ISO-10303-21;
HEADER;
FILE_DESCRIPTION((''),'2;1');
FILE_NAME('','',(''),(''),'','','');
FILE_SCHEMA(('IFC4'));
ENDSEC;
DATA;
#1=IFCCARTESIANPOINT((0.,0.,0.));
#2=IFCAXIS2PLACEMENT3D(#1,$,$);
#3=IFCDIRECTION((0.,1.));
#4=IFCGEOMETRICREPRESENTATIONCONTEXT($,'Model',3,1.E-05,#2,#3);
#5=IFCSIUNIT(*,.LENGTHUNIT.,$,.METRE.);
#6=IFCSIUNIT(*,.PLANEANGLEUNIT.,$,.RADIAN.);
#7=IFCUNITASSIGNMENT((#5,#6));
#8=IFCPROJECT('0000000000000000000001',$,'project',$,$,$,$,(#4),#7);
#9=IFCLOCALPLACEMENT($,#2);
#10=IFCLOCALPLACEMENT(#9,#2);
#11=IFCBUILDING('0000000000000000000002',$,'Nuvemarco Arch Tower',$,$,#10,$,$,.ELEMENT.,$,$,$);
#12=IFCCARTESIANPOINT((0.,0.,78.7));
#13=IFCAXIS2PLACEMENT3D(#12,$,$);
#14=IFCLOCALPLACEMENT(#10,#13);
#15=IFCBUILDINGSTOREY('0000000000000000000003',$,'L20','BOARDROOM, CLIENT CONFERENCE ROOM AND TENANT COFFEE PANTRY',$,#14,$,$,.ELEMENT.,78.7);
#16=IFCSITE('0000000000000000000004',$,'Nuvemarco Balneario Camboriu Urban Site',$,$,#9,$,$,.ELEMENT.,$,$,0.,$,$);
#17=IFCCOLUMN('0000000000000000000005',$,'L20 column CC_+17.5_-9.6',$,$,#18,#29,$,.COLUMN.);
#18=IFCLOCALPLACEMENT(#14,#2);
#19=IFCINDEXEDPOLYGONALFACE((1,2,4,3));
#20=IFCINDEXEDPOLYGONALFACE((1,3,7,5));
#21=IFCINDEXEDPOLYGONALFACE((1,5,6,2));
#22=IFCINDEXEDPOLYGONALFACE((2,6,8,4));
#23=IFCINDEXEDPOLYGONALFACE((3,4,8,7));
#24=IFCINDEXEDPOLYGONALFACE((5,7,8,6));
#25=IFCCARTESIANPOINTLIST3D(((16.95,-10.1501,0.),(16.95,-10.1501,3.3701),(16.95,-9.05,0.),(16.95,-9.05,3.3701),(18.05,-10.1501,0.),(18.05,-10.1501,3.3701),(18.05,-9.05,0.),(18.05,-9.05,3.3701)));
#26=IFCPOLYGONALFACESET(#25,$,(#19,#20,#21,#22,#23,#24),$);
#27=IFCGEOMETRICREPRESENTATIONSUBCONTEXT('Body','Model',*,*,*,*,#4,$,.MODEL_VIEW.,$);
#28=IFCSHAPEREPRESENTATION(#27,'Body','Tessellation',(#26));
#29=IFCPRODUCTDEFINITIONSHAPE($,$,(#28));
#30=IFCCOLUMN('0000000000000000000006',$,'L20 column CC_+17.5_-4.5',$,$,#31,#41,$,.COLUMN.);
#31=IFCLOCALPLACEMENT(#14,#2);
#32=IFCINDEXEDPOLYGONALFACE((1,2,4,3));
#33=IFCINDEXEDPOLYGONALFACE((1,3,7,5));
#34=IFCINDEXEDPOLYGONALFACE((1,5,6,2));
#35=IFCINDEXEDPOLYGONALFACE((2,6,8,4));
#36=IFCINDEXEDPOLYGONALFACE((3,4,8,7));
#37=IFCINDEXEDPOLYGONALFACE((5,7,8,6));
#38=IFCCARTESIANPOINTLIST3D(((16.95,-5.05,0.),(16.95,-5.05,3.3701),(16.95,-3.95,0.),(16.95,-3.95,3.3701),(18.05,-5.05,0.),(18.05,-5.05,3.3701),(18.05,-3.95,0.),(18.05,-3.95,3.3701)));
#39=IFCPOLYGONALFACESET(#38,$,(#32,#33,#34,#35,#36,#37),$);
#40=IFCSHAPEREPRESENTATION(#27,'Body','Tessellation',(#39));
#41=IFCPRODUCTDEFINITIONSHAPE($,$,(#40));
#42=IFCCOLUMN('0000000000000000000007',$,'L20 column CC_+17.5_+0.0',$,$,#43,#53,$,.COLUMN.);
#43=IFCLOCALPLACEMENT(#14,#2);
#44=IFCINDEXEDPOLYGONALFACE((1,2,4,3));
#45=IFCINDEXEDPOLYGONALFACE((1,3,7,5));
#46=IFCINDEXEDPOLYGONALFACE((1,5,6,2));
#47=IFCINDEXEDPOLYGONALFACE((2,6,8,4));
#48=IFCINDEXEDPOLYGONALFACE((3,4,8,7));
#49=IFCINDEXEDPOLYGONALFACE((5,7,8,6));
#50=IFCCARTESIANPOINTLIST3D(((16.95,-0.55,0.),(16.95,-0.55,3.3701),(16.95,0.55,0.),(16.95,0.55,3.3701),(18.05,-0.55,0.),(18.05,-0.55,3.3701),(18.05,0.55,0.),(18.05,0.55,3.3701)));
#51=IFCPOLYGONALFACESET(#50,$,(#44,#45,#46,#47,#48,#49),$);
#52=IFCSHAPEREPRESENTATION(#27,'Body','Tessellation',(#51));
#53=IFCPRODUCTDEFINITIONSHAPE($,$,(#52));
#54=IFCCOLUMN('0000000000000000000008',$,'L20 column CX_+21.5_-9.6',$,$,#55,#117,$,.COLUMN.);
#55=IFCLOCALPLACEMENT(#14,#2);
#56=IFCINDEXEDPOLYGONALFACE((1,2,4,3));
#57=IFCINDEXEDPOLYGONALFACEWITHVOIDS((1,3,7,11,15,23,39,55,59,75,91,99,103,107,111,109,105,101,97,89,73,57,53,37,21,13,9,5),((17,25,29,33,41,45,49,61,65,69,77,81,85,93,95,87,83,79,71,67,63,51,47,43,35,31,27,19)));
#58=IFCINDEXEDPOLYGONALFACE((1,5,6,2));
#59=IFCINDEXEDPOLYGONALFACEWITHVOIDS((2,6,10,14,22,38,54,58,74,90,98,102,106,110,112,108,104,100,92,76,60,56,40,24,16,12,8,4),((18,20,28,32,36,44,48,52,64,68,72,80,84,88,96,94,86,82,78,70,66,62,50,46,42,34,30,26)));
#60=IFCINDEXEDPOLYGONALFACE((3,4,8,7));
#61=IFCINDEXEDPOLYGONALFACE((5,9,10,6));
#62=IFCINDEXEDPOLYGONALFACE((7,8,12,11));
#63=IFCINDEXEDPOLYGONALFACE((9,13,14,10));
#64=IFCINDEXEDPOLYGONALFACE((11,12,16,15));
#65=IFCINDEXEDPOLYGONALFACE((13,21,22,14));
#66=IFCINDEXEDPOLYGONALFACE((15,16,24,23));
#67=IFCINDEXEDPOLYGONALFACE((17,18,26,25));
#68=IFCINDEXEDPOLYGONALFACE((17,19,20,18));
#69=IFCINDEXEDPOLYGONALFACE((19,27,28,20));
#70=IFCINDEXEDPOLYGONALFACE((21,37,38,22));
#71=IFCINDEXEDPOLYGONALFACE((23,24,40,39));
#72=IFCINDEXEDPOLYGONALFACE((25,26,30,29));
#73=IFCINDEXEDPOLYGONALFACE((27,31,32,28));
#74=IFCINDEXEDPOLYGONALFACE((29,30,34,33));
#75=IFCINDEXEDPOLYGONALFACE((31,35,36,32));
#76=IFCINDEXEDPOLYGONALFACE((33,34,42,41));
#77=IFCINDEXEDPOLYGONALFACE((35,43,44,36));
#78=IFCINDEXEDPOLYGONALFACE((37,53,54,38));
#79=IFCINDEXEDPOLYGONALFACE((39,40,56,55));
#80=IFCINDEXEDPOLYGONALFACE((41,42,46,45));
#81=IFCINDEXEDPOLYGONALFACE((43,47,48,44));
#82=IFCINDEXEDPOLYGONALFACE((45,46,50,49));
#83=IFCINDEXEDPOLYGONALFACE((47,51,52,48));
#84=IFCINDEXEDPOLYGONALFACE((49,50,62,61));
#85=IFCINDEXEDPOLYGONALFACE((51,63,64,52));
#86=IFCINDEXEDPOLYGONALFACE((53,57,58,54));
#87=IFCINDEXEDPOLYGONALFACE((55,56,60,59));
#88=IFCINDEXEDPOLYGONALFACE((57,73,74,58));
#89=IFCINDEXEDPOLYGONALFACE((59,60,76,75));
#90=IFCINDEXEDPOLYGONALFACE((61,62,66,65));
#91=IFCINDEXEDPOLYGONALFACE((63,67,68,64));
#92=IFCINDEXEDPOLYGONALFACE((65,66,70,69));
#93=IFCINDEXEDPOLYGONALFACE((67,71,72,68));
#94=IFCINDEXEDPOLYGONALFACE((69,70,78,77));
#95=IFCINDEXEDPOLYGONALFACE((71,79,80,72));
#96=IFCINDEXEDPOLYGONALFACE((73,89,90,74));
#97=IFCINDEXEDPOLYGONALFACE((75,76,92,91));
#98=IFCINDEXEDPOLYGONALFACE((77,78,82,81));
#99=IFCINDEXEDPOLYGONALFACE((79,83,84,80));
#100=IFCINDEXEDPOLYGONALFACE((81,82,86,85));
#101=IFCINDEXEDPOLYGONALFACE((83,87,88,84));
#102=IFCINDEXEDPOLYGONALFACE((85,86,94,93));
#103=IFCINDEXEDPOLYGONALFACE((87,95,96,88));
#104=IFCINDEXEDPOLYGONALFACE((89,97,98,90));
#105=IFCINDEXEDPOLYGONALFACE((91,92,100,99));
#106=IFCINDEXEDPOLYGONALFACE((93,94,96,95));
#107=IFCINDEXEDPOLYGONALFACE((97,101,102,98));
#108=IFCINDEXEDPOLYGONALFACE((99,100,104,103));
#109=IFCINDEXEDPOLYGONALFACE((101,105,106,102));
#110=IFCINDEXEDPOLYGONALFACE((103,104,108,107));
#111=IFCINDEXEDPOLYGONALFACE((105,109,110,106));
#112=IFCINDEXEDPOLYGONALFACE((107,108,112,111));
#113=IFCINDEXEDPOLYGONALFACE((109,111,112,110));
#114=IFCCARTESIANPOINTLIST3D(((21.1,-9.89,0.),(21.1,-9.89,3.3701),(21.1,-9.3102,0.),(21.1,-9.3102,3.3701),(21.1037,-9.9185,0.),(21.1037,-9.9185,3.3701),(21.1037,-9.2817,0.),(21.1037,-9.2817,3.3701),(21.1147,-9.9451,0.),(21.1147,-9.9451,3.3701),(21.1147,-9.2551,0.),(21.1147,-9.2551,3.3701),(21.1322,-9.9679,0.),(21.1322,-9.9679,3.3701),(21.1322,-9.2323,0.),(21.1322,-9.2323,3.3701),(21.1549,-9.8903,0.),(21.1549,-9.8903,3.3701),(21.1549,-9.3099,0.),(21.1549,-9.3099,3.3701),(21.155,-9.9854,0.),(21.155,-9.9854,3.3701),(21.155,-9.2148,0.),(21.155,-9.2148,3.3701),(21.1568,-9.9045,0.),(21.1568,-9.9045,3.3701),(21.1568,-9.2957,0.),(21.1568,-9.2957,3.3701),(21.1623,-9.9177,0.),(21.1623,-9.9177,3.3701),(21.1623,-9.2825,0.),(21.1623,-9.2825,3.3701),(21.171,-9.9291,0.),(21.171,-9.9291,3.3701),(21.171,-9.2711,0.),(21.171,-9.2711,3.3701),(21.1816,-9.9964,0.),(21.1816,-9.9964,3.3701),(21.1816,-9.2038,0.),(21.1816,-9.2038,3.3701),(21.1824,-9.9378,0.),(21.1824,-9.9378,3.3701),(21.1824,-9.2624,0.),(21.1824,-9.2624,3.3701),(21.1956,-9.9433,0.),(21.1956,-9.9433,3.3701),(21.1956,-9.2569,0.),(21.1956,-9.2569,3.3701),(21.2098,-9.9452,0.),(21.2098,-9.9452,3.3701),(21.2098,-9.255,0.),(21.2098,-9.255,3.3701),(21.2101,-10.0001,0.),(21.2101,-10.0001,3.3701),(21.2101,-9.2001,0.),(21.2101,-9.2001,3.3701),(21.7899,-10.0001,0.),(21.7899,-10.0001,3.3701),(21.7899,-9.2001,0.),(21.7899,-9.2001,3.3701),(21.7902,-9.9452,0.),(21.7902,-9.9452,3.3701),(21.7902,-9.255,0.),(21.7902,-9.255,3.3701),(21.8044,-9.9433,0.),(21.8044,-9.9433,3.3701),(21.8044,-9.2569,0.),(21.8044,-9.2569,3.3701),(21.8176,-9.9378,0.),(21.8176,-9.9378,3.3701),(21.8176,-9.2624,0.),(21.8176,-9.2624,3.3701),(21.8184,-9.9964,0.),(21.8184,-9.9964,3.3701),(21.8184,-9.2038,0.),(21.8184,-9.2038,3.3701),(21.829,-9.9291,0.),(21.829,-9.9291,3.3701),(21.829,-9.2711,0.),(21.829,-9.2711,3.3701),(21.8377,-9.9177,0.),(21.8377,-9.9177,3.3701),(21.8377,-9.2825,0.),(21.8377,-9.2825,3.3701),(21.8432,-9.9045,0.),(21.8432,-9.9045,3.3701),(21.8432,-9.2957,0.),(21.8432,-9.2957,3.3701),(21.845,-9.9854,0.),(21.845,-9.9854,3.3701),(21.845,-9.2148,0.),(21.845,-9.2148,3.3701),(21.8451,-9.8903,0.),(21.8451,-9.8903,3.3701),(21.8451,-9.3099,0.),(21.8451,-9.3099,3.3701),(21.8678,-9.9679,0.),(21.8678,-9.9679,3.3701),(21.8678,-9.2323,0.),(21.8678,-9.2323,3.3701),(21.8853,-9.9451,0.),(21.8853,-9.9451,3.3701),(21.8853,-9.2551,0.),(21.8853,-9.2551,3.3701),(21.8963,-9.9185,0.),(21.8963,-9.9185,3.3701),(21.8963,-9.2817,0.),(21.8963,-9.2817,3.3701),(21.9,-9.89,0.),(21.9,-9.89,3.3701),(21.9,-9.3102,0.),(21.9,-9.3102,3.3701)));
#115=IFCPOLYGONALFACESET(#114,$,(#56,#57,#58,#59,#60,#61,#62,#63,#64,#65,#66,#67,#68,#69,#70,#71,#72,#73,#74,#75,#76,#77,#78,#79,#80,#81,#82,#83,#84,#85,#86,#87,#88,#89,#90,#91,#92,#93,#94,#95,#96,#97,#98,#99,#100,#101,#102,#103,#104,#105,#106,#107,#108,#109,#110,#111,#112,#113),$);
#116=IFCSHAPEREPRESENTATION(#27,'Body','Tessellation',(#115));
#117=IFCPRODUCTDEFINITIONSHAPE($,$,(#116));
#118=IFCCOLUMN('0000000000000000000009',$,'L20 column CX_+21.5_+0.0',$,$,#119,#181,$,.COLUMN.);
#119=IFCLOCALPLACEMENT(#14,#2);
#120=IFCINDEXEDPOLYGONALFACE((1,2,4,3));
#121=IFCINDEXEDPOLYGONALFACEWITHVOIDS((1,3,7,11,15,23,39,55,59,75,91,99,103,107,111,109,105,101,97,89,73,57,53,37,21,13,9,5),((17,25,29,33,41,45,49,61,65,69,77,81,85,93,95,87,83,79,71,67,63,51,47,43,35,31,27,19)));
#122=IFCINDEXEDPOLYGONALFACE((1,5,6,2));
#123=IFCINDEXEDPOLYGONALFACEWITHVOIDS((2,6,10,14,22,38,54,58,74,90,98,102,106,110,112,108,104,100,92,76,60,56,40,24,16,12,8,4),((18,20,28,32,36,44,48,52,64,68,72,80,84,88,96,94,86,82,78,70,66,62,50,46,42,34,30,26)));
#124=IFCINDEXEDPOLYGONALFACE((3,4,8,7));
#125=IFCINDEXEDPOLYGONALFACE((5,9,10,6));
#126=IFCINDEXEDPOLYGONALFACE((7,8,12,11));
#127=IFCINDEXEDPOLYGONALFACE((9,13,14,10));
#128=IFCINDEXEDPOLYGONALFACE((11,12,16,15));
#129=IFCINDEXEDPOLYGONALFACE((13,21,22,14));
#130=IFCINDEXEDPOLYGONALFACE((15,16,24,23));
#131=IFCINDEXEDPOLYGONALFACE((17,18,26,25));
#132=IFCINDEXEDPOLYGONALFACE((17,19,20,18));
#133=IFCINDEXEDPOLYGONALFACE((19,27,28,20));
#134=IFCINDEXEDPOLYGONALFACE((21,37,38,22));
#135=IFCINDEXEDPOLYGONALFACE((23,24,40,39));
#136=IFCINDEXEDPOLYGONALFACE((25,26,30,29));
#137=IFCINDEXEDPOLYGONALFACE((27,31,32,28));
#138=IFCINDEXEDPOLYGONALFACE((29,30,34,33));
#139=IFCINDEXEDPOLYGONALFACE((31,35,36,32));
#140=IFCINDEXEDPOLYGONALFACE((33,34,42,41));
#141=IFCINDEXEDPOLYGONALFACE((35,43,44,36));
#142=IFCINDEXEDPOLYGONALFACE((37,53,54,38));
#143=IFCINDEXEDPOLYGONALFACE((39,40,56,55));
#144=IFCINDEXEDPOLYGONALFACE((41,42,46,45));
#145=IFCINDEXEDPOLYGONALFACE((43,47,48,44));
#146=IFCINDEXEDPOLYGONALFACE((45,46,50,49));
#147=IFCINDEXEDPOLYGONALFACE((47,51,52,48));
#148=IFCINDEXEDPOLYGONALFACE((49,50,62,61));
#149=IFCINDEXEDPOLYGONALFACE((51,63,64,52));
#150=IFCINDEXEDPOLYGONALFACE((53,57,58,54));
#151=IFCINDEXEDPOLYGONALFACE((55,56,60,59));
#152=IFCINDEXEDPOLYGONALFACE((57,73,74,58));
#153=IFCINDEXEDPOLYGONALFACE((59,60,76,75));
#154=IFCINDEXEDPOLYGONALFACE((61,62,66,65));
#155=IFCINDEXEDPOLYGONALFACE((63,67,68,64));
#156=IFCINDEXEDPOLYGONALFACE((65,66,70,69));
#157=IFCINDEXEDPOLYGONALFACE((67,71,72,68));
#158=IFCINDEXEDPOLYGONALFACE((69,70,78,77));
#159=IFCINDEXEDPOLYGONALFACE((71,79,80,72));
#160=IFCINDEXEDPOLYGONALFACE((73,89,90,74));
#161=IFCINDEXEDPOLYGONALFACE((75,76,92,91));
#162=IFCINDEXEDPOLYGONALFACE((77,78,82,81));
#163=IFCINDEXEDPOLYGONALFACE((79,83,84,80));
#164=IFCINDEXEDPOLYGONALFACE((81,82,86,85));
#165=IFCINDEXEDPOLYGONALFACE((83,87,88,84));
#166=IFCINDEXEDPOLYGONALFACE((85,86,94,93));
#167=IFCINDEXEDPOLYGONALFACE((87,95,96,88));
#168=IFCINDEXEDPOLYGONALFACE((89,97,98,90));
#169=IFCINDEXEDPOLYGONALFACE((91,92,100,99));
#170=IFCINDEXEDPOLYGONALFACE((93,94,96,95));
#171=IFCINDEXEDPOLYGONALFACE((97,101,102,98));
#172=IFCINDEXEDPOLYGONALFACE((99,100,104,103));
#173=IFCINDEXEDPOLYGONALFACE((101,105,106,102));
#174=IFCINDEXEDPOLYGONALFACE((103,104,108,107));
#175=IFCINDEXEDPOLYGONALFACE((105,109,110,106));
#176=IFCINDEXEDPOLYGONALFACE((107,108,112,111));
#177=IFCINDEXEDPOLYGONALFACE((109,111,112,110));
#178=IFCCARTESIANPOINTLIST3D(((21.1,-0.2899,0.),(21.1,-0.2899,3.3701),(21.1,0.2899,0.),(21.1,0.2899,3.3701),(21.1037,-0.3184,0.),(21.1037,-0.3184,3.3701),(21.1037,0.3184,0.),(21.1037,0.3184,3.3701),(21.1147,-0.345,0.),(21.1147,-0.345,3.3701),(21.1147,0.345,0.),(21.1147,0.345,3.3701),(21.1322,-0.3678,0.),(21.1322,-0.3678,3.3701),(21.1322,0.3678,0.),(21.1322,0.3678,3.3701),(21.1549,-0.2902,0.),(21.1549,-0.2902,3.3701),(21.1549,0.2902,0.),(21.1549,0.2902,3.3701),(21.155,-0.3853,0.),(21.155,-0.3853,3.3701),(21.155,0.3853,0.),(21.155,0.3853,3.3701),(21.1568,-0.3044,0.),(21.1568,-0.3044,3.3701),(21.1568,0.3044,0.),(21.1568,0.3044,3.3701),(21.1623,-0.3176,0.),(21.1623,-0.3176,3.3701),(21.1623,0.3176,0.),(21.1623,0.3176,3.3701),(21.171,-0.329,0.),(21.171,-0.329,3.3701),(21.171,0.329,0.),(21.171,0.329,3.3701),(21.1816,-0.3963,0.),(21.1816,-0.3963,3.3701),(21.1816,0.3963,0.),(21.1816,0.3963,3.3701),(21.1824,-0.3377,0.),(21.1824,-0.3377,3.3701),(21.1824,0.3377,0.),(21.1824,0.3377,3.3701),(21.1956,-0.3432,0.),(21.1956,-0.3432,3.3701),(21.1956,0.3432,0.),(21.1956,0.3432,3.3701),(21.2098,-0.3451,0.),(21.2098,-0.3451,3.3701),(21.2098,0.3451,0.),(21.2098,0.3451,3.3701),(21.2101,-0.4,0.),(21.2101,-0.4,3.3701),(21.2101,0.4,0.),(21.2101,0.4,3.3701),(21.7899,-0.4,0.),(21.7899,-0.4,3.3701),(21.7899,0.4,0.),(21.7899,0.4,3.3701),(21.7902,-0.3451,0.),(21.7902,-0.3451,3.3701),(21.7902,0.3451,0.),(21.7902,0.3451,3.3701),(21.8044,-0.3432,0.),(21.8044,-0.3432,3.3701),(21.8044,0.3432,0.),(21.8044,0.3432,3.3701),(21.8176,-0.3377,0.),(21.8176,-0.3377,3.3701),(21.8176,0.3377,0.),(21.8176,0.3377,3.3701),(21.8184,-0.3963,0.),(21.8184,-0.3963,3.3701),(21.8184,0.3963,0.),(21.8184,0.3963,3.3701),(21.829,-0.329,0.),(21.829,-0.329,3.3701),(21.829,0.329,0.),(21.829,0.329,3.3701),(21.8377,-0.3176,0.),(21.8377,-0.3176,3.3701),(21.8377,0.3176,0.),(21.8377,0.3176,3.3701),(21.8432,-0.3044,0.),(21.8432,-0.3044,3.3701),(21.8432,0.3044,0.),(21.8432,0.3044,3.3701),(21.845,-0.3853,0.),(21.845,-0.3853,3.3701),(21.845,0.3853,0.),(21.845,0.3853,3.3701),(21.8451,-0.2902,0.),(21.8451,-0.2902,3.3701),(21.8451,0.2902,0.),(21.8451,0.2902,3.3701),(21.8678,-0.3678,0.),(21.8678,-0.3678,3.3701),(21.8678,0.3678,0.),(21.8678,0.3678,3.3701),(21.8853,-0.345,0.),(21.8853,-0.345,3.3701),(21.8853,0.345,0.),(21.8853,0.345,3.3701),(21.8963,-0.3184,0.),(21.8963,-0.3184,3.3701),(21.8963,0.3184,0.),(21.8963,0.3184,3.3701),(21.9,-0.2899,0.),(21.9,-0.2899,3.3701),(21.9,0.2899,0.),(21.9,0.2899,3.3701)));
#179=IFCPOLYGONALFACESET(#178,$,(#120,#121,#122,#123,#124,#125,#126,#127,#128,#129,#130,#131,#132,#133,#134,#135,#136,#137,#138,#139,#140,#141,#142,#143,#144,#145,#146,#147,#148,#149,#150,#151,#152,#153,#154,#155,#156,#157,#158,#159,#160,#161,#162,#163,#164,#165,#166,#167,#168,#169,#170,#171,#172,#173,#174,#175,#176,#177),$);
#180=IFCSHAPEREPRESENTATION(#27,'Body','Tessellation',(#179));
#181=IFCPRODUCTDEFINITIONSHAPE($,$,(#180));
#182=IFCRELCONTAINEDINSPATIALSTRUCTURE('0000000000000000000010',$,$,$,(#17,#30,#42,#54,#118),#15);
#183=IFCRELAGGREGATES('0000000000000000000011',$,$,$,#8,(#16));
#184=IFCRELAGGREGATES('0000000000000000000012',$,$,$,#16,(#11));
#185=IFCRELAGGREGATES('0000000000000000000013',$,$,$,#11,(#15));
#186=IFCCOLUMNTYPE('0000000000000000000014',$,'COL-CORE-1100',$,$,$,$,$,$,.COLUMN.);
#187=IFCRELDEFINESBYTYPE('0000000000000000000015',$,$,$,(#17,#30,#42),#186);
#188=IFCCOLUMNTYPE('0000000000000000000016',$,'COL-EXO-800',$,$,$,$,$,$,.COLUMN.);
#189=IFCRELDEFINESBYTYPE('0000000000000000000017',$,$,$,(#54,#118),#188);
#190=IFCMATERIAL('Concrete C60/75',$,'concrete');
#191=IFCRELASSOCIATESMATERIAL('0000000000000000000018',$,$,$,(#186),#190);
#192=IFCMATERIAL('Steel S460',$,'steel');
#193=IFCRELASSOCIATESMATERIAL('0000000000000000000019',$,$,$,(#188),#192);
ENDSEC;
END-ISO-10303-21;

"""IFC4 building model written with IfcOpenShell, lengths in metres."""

from ifc_helpers import new_model, si_unit, direction, frame, origin, origin_2d, place, context, subcontext, project, spatial, rectangle, hollow_rectangle, extrude, material, material_profile, profile_set, type_object, element, save


model = new_model("IFC4")

# Units and contexts
model_context = context("Model", 3, precision=1e-05, world=origin(), true_north=direction((0.0, 1.0)))
body_context = subcontext(model_context, "Body", "Model", "MODEL_VIEW")
ifc_project = project(units=[si_unit("LENGTHUNIT", "METRE"), si_unit("PLANEANGLEUNIT", "RADIAN")], contexts=[model_context])

# Site, building, storey
site_placement = place(None, origin())
site = spatial("IfcSite", under=ifc_project, at=site_placement, Name="Nuvemarco Balneario Camboriu Urban Site", CompositionType="ELEMENT", RefElevation=0.0)
building_placement = place(site_placement, origin())
building = spatial("IfcBuilding", under=site, at=building_placement, Name="Nuvemarco Arch Tower", CompositionType="ELEMENT")
storey_placement = place(building_placement, frame((0.0, 0.0, 78.7)))
storey = spatial("IfcBuildingStorey", under=building, at=storey_placement, Name="L20", Description="BOARDROOM, CLIENT CONFERENCE ROOM AND TENANT COFFEE PANTRY", CompositionType="ELEMENT", Elevation=78.7)

# Columns
ifc_material_1 = material(Name="Concrete C60/75", Category="concrete")
ifc_material_profile_1 = material_profile(ifc_material_1, rectangle(XDim=1.1001, YDim=1.1001, at=origin_2d()), Name="RC-COL-1100x1100")
ifc_profile_set_1 = profile_set([ifc_material_profile_1], Name="Concrete C60/75")
column_type_1 = type_object("IfcColumnType", Name="COL-CORE-1100", PredefinedType="COLUMN", material=ifc_profile_set_1)
for number, where, z_axis, x_axis, name in (
    (1, (17.5, -9.6001, 0.0), (0.0, 0.0, 1.0), (1.0, 0.0, 0.0), "L20 column CC_+17.5_-9.6"),
    (2, (17.5, -4.5, 0.0), (0.0, 0.0, 1.0), (1.0, 0.0, 0.0), "L20 column CC_+17.5_-4.5"),
    (3, (17.5, 0.0, 0.0), (0.0, 0.0, 1.0), (1.0, 0.0, 0.0), "L20 column CC_+17.5_+0.0"),
):
    element("IfcColumn", number, at=place(storey_placement, frame(where, z_axis=z_axis, x_axis=x_axis)), inside=storey, type_object=column_type_1, Name=name, PredefinedType="COLUMN", context=body_context, shape_type="SweptSolid", body=[
        extrude(rectangle(XDim=1.1001, YDim=1.1001, at=origin_2d()), origin(), (0.0, 0.0, 1.0), 3.3701),
    ])
ifc_material_2 = material(Name="Steel S460", Category="steel")
ifc_material_profile_2 = material_profile(ifc_material_2, hollow_rectangle(XDim=0.8, YDim=0.8, WallThickness=0.0549, InnerFilletRadius=0.0549, OuterFilletRadius=0.1101, at=origin_2d()), Name="SHS800x800x55")
ifc_profile_set_2 = profile_set([ifc_material_profile_2], Name="Steel S460")
column_type_2 = type_object("IfcColumnType", Name="COL-EXO-800", PredefinedType="COLUMN", material=ifc_profile_set_2)
for number, where, z_axis, x_axis, name in (
    (4, (21.5, -9.6001, 0.0), (0.0, 0.0, 1.0), (1.0, 0.0, 0.0), "L20 column CX_+21.5_-9.6"),
    (5, (21.5, 0.0, 0.0), (0.0, 0.0, 1.0), (1.0, 0.0, 0.0), "L20 column CX_+21.5_+0.0"),
):
    element("IfcColumn", number, at=place(storey_placement, frame(where, z_axis=z_axis, x_axis=x_axis)), inside=storey, type_object=column_type_2, Name=name, PredefinedType="COLUMN", context=body_context, shape_type="SweptSolid", body=[
        extrude(hollow_rectangle(XDim=0.8, YDim=0.8, WallThickness=0.0549, InnerFilletRadius=0.0549, OuterFilletRadius=0.1101, at=origin_2d()), origin(), (0.0, 0.0, 1.0), 3.3701),
    ])

save(model, "model.ifc")
